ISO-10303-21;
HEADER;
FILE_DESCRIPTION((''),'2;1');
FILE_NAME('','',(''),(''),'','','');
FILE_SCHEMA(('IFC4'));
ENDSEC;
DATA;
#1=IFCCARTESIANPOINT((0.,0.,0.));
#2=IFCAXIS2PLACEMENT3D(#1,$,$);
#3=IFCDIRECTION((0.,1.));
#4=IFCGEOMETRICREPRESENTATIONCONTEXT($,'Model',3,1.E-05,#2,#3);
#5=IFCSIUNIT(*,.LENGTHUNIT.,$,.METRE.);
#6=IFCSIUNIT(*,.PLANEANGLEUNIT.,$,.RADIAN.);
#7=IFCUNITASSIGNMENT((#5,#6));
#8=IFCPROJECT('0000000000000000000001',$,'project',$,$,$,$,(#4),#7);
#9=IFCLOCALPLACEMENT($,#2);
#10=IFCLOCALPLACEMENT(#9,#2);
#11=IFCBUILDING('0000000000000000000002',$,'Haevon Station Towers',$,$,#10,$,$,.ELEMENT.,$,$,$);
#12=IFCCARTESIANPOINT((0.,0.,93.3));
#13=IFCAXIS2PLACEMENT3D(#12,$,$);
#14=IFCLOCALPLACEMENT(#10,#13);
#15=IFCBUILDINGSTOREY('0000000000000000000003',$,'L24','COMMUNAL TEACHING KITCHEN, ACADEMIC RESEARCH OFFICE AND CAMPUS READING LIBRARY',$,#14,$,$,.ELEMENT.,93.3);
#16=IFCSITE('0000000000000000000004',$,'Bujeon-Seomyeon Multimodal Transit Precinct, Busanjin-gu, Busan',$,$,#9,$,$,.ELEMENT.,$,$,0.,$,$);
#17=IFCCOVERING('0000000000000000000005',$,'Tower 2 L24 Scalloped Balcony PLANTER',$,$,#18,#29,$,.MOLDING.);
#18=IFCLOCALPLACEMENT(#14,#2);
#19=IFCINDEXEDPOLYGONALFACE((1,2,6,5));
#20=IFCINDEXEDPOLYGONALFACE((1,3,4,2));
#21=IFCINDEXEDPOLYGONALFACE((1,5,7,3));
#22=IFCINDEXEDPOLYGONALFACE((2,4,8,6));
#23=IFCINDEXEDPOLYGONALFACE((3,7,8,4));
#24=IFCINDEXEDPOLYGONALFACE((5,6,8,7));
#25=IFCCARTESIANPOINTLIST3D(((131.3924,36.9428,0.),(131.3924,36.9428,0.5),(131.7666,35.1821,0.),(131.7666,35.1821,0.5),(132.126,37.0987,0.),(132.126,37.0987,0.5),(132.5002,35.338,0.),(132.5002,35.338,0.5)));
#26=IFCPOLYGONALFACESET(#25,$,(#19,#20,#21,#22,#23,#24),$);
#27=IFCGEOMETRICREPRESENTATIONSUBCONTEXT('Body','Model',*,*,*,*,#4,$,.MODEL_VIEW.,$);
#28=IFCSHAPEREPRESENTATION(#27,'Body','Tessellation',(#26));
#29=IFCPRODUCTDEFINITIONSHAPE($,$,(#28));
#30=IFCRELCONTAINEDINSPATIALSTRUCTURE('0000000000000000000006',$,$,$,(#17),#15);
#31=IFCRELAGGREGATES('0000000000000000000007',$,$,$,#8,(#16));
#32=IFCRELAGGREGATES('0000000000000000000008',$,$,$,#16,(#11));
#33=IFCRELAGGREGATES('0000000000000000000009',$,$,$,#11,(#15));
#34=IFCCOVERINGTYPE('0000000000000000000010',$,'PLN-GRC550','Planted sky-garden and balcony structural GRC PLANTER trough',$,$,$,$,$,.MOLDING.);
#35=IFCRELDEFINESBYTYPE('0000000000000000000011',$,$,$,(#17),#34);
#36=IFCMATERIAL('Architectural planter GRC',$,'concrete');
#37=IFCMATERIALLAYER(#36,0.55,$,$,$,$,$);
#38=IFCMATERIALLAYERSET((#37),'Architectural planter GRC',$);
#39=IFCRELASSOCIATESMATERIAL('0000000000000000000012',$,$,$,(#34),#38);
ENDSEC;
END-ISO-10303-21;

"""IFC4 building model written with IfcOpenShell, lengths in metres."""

from ifc_helpers import new_model, si_unit, direction, frame, origin, origin_2d, place, context, subcontext, project, spatial, rectangle, extrude, material, layer, layer_set, type_object, element, save


model = new_model("IFC4")

# Units and contexts
model_context = context("Model", 3, precision=1e-05, world=origin(), true_north=direction((0.0, 1.0)))
body_context = subcontext(model_context, "Body", "Model", "MODEL_VIEW")
ifc_project = project(units=[si_unit("LENGTHUNIT", "METRE"), si_unit("PLANEANGLEUNIT", "RADIAN")], contexts=[model_context])

# Site, building, storey
site_placement = place(None, origin())
site = spatial("IfcSite", under=ifc_project, at=site_placement, Name="Bujeon-Seomyeon Multimodal Transit Precinct, Busanjin-gu, Busan", CompositionType="ELEMENT", RefElevation=0.0)
building_placement = place(site_placement, origin())
building = spatial("IfcBuilding", under=site, at=building_placement, Name="Haevon Station Towers", CompositionType="ELEMENT")
storey_placement = place(building_placement, frame((0.0, 0.0, 93.3)))
storey = spatial("IfcBuildingStorey", under=building, at=storey_placement, Name="L24", Description="COMMUNAL TEACHING KITCHEN, ACADEMIC RESEARCH OFFICE AND CAMPUS READING LIBRARY", CompositionType="ELEMENT", Elevation=93.3)

# Covering
ifc_material_1 = material(Name="Architectural planter GRC", Category="concrete")
ifc_layer_1 = layer(ifc_material_1, 0.55)
ifc_layer_set_1 = layer_set([ifc_layer_1], Name="Architectural planter GRC")
covering_type = type_object("IfcCoveringType", Name="PLN-GRC550", Description="Planted sky-garden and balcony structural GRC PLANTER trough", PredefinedType="MOLDING", material=ifc_layer_set_1)
covering_placement = place(storey_placement, frame((131.9463, 36.1404, 0.0), z_axis=(0.0, 0.0, 1.0), x_axis=(0.978148, 0.207912, 0.0)))
element("IfcCovering", 1, at=covering_placement, inside=storey, type_object=covering_type, Name="Tower 2 L24 Scalloped Balcony PLANTER", PredefinedType="MOLDING", context=body_context, shape_type="SweptSolid", body=[
    extrude(rectangle(XDim=0.75, YDim=1.8, at=origin_2d()), origin(), (0.0, 0.0, 1.0), 0.5),
])

save(model, "model.ifc")
